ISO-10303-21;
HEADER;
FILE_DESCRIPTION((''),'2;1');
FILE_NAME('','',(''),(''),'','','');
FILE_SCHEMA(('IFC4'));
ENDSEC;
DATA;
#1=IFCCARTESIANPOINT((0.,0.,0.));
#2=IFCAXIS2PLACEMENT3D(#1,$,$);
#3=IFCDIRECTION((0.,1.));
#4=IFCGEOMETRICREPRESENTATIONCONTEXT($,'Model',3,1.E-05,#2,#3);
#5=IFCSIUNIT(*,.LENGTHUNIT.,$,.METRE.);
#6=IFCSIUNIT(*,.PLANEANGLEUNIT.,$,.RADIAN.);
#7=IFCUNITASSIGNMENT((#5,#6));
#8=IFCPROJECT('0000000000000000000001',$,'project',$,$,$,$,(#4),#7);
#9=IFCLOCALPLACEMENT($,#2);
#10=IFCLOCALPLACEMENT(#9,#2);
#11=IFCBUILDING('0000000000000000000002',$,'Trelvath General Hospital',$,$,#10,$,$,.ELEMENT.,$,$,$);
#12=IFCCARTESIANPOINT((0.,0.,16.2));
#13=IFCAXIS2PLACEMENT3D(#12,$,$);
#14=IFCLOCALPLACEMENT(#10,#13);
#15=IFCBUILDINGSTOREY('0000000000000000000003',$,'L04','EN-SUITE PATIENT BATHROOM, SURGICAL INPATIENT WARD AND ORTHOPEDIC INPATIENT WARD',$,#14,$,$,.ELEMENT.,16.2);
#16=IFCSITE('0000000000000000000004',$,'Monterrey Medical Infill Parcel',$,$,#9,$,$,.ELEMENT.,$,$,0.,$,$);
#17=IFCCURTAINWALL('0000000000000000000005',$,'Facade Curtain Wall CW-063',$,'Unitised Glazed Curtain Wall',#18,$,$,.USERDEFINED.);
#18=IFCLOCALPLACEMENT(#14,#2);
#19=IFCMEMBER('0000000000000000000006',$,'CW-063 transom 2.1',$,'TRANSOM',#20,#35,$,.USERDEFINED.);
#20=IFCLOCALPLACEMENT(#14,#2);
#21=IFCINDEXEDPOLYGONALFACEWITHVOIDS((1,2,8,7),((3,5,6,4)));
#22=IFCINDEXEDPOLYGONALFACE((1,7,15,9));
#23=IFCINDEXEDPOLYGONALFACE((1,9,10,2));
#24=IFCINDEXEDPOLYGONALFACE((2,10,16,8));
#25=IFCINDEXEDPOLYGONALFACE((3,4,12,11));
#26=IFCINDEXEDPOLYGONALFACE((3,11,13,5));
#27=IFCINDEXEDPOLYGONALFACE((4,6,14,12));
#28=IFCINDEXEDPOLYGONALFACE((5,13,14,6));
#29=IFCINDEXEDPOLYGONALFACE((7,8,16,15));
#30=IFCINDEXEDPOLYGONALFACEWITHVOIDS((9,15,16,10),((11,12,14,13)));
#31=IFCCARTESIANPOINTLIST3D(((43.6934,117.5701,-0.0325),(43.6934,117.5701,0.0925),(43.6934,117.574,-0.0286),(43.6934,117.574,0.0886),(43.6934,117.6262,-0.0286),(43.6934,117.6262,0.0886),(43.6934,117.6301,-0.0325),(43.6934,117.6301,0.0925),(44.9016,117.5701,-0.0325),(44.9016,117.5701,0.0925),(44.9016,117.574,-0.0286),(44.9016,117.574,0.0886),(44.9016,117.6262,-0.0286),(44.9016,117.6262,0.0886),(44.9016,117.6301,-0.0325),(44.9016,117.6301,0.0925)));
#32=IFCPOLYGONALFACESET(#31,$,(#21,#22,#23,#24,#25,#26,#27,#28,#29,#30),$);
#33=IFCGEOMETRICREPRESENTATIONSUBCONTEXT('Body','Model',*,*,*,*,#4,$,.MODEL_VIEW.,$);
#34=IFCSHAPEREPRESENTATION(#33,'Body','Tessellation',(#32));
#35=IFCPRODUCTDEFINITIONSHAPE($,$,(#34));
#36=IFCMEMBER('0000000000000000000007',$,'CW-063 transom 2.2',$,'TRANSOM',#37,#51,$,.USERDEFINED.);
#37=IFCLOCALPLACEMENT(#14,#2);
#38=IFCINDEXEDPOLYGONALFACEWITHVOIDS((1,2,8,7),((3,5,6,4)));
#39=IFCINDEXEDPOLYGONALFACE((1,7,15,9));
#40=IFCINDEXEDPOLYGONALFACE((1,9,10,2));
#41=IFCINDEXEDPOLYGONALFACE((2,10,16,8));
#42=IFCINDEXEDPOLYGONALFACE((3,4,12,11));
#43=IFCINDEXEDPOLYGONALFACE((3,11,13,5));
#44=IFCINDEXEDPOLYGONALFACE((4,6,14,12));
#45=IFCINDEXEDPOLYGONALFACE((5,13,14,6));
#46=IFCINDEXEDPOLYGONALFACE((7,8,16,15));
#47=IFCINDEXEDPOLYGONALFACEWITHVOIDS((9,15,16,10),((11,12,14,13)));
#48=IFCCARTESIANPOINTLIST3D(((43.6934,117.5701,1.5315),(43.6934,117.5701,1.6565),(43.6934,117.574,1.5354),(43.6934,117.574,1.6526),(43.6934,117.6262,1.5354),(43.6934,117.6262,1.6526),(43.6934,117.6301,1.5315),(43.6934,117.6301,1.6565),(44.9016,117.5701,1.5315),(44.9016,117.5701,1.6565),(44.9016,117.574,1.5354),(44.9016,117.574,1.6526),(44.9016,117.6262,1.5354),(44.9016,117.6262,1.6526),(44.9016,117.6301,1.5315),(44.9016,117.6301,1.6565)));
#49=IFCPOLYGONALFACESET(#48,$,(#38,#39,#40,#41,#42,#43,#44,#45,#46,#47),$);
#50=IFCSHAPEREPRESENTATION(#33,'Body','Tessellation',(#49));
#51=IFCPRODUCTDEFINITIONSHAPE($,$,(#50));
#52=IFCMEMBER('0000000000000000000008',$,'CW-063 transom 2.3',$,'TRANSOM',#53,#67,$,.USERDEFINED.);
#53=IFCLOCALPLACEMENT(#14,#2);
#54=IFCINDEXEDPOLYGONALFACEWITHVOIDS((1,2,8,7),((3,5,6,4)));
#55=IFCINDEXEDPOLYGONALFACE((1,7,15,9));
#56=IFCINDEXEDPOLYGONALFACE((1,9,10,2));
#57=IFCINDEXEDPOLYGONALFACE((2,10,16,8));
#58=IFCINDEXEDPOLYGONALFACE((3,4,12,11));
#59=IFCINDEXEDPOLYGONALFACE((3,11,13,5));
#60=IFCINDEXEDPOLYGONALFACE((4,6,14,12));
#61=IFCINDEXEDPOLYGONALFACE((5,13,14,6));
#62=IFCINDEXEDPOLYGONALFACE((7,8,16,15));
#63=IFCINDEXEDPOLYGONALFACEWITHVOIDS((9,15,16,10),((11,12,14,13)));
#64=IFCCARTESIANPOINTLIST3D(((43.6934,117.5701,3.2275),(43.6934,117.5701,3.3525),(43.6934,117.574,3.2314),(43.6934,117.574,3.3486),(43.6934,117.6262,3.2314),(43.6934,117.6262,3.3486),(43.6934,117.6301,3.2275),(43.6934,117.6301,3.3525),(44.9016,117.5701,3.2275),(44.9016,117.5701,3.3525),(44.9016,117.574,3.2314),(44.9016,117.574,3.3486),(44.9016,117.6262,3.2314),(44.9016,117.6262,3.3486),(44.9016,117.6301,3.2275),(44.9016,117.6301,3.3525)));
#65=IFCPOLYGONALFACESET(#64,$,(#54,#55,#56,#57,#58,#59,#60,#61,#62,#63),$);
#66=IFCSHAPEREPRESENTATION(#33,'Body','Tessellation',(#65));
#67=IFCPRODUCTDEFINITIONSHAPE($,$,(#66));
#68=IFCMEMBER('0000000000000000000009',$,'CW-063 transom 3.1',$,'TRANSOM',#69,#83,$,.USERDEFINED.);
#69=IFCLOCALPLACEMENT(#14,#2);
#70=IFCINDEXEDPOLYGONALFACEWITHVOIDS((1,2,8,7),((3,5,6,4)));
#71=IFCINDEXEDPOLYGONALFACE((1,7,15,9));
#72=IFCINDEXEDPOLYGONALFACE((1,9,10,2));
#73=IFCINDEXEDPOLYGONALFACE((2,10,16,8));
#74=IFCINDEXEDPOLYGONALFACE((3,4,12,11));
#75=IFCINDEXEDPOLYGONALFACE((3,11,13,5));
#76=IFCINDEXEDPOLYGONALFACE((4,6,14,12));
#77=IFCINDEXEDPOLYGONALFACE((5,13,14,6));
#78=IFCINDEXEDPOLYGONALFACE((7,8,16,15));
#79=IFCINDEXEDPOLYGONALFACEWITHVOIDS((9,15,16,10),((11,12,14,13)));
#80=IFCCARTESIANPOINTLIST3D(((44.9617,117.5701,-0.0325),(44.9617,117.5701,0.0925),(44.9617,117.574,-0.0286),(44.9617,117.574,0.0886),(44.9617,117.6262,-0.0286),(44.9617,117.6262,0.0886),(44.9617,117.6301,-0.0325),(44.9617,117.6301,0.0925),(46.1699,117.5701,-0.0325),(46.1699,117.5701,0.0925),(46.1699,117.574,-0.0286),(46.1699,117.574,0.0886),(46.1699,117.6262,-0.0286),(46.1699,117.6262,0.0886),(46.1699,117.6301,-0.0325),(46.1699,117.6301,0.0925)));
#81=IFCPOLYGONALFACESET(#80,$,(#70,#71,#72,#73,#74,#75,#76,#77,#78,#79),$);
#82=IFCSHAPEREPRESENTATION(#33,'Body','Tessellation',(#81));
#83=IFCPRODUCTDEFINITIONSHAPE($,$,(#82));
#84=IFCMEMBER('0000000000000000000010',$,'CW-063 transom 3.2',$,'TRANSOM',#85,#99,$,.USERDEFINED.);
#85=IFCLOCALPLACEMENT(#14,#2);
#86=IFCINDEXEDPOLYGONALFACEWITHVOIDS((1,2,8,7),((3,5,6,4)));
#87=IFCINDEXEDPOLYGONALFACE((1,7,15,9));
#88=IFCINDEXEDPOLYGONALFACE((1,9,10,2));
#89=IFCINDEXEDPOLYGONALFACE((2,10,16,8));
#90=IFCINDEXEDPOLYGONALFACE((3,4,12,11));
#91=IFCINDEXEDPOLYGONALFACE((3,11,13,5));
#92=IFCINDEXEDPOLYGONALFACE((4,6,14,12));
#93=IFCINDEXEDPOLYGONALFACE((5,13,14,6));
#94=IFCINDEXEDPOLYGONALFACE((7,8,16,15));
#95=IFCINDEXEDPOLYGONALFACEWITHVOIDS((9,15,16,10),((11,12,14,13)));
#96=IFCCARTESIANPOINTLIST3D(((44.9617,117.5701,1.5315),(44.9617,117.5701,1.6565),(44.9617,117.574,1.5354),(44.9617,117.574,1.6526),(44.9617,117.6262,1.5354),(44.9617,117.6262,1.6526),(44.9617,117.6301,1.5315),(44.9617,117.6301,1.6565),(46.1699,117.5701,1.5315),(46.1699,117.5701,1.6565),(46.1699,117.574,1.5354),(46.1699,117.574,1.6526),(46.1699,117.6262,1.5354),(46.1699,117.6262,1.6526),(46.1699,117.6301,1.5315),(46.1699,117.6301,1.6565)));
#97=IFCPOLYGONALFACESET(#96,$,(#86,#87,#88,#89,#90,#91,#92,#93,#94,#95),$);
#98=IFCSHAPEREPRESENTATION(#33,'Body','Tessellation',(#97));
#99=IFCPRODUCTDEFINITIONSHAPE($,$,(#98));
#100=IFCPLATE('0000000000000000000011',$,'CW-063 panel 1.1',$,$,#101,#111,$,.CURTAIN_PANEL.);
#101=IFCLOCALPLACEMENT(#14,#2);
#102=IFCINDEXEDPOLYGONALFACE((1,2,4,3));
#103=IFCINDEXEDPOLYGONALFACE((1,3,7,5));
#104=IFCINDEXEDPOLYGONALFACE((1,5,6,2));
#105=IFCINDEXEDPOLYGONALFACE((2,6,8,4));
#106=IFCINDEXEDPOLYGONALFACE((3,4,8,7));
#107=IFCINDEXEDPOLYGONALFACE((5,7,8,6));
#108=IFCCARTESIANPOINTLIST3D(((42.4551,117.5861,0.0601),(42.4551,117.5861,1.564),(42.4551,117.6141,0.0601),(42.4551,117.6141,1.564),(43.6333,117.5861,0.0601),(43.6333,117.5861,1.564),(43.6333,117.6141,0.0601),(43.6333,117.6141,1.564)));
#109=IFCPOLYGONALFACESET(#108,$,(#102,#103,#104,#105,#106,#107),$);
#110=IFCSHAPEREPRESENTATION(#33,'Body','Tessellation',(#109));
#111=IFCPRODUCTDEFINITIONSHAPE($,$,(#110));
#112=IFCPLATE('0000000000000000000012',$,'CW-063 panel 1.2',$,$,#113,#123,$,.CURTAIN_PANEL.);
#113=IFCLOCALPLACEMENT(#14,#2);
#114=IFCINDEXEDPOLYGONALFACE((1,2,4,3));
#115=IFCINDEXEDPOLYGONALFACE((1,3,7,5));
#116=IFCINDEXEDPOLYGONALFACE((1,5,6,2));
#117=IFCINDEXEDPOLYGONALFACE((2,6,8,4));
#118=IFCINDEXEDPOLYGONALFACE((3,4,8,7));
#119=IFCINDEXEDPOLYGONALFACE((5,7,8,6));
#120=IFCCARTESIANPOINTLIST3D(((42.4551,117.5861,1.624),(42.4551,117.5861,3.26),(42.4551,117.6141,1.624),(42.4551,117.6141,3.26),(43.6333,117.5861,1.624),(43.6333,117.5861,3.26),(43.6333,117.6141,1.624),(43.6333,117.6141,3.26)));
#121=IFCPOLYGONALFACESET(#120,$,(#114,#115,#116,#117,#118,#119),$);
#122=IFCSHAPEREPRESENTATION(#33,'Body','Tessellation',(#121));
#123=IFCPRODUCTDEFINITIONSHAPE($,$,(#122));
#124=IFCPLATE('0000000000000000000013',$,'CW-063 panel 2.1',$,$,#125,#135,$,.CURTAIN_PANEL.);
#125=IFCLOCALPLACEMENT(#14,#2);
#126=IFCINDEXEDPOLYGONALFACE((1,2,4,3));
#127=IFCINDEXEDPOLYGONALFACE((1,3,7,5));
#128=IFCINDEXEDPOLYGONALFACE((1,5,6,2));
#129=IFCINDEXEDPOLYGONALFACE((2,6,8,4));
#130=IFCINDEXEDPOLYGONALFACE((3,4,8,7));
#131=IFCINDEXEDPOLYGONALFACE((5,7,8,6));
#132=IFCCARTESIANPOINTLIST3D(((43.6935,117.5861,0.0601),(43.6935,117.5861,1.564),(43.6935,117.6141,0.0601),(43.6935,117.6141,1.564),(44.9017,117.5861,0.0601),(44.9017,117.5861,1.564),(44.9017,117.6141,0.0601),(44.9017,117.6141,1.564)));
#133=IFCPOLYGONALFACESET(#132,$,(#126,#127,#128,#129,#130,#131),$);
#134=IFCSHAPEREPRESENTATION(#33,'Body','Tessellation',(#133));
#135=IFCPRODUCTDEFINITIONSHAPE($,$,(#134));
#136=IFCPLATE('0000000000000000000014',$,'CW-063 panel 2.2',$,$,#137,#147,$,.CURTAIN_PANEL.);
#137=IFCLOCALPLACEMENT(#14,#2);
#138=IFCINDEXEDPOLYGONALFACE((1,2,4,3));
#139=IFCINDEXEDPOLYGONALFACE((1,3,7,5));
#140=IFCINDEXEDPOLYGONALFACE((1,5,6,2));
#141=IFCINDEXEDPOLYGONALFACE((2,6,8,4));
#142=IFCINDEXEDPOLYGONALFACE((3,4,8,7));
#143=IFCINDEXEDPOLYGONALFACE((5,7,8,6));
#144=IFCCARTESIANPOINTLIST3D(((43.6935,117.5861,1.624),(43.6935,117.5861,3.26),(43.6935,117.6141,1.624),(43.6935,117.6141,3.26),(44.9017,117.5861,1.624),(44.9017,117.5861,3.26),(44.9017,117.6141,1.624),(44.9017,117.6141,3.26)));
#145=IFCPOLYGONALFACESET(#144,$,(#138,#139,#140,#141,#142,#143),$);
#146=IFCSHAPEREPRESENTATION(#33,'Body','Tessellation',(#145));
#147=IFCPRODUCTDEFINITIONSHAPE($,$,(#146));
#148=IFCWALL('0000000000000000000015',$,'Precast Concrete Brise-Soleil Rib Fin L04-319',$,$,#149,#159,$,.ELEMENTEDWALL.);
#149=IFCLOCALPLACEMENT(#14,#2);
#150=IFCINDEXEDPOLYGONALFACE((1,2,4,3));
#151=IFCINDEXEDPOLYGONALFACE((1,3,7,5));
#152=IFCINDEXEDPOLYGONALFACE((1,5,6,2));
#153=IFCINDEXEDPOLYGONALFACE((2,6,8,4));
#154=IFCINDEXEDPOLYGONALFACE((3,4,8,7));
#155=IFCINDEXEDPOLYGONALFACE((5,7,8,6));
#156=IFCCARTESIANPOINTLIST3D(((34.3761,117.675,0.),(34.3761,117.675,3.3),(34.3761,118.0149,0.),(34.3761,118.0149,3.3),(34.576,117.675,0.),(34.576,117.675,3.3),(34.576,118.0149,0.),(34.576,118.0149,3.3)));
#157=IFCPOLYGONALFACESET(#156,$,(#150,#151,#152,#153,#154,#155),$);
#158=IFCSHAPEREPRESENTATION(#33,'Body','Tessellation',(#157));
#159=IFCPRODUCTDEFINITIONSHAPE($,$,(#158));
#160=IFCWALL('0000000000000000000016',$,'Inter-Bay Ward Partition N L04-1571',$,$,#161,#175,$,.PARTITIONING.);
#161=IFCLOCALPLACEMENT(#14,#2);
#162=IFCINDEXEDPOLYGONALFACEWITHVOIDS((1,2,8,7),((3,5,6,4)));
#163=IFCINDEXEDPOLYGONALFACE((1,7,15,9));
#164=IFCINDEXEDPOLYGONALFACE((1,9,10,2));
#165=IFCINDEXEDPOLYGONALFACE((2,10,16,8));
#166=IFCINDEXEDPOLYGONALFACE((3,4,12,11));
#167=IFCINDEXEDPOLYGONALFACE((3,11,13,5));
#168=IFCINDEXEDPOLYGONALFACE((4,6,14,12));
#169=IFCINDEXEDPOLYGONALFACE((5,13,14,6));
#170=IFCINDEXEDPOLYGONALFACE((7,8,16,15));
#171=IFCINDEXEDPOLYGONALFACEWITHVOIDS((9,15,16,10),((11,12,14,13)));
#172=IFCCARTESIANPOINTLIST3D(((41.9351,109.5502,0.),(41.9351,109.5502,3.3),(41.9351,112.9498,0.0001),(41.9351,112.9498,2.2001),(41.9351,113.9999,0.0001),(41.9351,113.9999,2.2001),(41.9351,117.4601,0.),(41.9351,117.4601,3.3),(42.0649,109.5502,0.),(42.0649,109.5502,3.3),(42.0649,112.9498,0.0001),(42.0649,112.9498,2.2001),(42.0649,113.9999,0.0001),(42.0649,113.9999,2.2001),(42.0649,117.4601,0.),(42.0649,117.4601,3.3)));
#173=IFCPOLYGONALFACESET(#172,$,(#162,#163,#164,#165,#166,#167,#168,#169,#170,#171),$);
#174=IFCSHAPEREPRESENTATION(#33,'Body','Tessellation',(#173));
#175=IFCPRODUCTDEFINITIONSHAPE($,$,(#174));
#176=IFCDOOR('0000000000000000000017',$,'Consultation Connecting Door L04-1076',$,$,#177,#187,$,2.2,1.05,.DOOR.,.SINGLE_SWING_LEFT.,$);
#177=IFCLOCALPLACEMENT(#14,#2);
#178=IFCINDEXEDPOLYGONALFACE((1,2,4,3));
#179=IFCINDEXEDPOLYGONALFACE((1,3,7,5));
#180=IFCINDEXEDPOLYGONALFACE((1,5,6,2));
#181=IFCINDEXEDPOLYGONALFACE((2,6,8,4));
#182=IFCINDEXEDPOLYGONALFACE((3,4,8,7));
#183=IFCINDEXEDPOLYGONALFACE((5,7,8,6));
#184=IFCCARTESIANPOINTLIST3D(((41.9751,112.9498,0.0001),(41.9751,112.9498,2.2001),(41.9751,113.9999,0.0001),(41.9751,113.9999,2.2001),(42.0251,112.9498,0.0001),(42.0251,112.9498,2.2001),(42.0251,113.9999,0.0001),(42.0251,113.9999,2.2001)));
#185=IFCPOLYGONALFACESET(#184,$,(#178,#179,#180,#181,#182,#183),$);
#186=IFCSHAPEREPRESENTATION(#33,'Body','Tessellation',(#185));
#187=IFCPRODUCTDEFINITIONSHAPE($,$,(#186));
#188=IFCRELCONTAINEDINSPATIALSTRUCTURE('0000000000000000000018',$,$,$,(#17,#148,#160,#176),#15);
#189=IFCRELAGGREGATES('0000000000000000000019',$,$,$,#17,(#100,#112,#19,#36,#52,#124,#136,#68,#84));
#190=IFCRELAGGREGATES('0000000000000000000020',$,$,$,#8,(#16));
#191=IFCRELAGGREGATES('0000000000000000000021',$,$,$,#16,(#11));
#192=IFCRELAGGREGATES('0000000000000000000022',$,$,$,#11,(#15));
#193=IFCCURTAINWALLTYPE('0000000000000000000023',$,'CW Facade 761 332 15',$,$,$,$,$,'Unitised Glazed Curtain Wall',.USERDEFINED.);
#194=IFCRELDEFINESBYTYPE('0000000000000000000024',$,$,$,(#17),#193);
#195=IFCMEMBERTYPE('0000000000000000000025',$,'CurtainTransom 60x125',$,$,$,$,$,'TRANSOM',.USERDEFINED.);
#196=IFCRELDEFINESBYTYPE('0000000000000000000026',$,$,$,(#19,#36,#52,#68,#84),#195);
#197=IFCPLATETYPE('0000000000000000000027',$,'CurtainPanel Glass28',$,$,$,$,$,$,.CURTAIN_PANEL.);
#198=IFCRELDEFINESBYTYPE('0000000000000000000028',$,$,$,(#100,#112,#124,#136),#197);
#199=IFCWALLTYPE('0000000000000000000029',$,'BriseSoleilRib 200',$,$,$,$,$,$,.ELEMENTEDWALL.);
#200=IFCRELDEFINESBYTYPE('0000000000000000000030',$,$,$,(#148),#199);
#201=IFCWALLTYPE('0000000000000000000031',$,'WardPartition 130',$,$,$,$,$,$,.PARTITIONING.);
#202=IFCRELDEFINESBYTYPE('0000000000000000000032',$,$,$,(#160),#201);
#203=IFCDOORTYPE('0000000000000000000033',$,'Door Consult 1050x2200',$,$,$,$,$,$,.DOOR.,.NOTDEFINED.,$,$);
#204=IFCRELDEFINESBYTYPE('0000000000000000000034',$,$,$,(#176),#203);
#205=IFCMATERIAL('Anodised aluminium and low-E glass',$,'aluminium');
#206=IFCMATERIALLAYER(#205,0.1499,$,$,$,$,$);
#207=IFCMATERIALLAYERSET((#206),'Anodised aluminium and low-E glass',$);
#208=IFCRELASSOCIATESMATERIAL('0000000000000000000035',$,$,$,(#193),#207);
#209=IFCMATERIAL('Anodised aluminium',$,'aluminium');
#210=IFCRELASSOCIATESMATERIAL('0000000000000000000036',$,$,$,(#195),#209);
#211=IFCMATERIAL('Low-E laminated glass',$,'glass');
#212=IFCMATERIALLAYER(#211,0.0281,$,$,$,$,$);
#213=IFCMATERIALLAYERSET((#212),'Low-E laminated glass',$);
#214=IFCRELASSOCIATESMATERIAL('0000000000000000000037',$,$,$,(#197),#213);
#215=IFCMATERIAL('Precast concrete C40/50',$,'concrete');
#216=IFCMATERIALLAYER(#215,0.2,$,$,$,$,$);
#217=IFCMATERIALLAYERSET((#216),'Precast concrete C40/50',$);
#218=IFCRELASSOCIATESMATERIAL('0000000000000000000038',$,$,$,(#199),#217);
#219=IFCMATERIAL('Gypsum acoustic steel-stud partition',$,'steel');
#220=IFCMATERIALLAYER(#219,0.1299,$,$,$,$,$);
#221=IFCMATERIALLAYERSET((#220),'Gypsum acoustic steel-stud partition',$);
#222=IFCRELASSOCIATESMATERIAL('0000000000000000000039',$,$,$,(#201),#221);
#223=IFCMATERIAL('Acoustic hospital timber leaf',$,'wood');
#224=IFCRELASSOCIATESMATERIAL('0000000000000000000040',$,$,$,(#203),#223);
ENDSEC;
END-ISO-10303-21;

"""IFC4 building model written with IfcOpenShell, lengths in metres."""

from ifc_helpers import new_model, si_unit, direction, frame, frame_2d, origin, origin_2d, place, context, subcontext, project, spatial, rectangle, hollow_rectangle, extrude, material, layer, layer_set, material_profile, profile_set, type_object, element, fill, aggregate, save


model = new_model("IFC4")

# Units and contexts
model_context = context("Model", 3, precision=1e-05, world=origin(), true_north=direction((0.0, 1.0)))
body_context = subcontext(model_context, "Body", "Model", "MODEL_VIEW")
ifc_project = project(units=[si_unit("LENGTHUNIT", "METRE"), si_unit("PLANEANGLEUNIT", "RADIAN")], contexts=[model_context])

# Site, building, storey
site_placement = place(None, origin())
site = spatial("IfcSite", under=ifc_project, at=site_placement, Name="Monterrey Medical Infill Parcel", CompositionType="ELEMENT", RefElevation=0.0)
building_placement = place(site_placement, origin())
building = spatial("IfcBuilding", under=site, at=building_placement, Name="Trelvath General Hospital", CompositionType="ELEMENT")
storey_placement = place(building_placement, frame((0.0, 0.0, 16.2)))
storey = spatial("IfcBuildingStorey", under=building, at=storey_placement, Name="L04", Description="EN-SUITE PATIENT BATHROOM, SURGICAL INPATIENT WARD AND ORTHOPEDIC INPATIENT WARD", CompositionType="ELEMENT", Elevation=16.2)

# Curtain wall, members, plates
ifc_material_1 = material(Name="Anodised aluminium and low-E glass", Category="aluminium")
ifc_layer_1 = layer(ifc_material_1, 0.1499)
ifc_layer_set_1 = layer_set([ifc_layer_1], Name="Anodised aluminium and low-E glass")
curtain_wall_type = type_object("IfcCurtainWallType", Name="CW Facade 761 332 15", ElementType="Unitised Glazed Curtain Wall", PredefinedType="USERDEFINED", material=ifc_layer_set_1)
curtain_wall_placement = place(storey_placement, origin())
curtain_wall = element("IfcCurtainWall", 1, at=curtain_wall_placement, inside=storey, type_object=curtain_wall_type, Name="Facade Curtain Wall CW-063", ObjectType="Unitised Glazed Curtain Wall", PredefinedType="USERDEFINED")
ifc_material_2 = material(Name="Anodised aluminium", Category="aluminium")
ifc_material_profile_1 = material_profile(ifc_material_2, hollow_rectangle(XDim=0.0601, YDim=0.125, WallThickness=0.0039, at=origin_2d()), Name="RHS60x125x4")
ifc_profile_set_1 = profile_set([ifc_material_profile_1], Name="Anodised aluminium")
member_type_1 = type_object("IfcMemberType", Name="CurtainTransom 60x125", ElementType="TRANSOM", PredefinedType="USERDEFINED", material=ifc_profile_set_1)
member_1_placement = place(storey_placement, frame((43.6934, 117.6001, 0.03), z_axis=(1.0, 0.0, 0.0), x_axis=(0.0, 1.0, 0.0)))
member_1 = element("IfcMember", 2, at=member_1_placement, type_object=member_type_1, Name="CW-063 transom 2.1", ObjectType="TRANSOM", PredefinedType="USERDEFINED", context=body_context, shape_type="SweptSolid", body=[
    extrude(hollow_rectangle(XDim=0.0601, YDim=0.125, WallThickness=0.0039, at=origin_2d()), origin(), (0.0, 0.0, 1.0), 1.2083),
])
member_2_placement = place(storey_placement, frame((43.6934, 117.6001, 1.594), z_axis=(1.0, 0.0, 0.0), x_axis=(0.0, 1.0, 0.0)))
member_2 = element("IfcMember", 3, at=member_2_placement, type_object=member_type_1, Name="CW-063 transom 2.2", ObjectType="TRANSOM", PredefinedType="USERDEFINED", context=body_context, shape_type="SweptSolid", body=[
    extrude(hollow_rectangle(XDim=0.0601, YDim=0.125, WallThickness=0.0039, at=origin_2d()), origin(), (0.0, 0.0, 1.0), 1.2083),
])
member_3_placement = place(storey_placement, frame((43.6934, 117.6001, 3.29), z_axis=(1.0, 0.0, 0.0), x_axis=(0.0, 1.0, 0.0)))
member_3 = element("IfcMember", 4, at=member_3_placement, type_object=member_type_1, Name="CW-063 transom 2.3", ObjectType="TRANSOM", PredefinedType="USERDEFINED", context=body_context, shape_type="SweptSolid", body=[
    extrude(hollow_rectangle(XDim=0.0601, YDim=0.125, WallThickness=0.0039, at=origin_2d()), origin(), (0.0, 0.0, 1.0), 1.2083),
])
member_4_placement = place(storey_placement, frame((44.9617, 117.6001, 0.03), z_axis=(1.0, 0.0, 0.0), x_axis=(0.0, 1.0, 0.0)))
member_4 = element("IfcMember", 5, at=member_4_placement, type_object=member_type_1, Name="CW-063 transom 3.1", ObjectType="TRANSOM", PredefinedType="USERDEFINED", context=body_context, shape_type="SweptSolid", body=[
    extrude(hollow_rectangle(XDim=0.0601, YDim=0.125, WallThickness=0.0039, at=origin_2d()), origin(), (0.0, 0.0, 1.0), 1.2083),
])
member_5_placement = place(storey_placement, frame((44.9617, 117.6001, 1.594), z_axis=(1.0, 0.0, 0.0), x_axis=(0.0, 1.0, 0.0)))
member_5 = element("IfcMember", 6, at=member_5_placement, type_object=member_type_1, Name="CW-063 transom 3.2", ObjectType="TRANSOM", PredefinedType="USERDEFINED", context=body_context, shape_type="SweptSolid", body=[
    extrude(hollow_rectangle(XDim=0.0601, YDim=0.125, WallThickness=0.0039, at=origin_2d()), origin(), (0.0, 0.0, 1.0), 1.2083),
])
ifc_material_3 = material(Name="Low-E laminated glass", Category="glass")
ifc_layer_2 = layer(ifc_material_3, 0.0281)
ifc_layer_set_2 = layer_set([ifc_layer_2], Name="Low-E laminated glass")
plate_type = type_object("IfcPlateType", Name="CurtainPanel Glass28", PredefinedType="CURTAIN_PANEL", material=ifc_layer_set_2)
plate_1_placement = place(storey_placement, frame((43.0442, 117.6001, 0.0601), z_axis=(0.0, 0.0, 1.0), x_axis=(1.0, 0.0, 0.0)))
plate_1 = element("IfcPlate", 7, at=plate_1_placement, type_object=plate_type, Name="CW-063 panel 1.1", PredefinedType="CURTAIN_PANEL", context=body_context, shape_type="SweptSolid", body=[
    extrude(rectangle(XDim=1.1782, YDim=0.0281, at=origin_2d()), origin(), (0.0, 0.0, 1.0), 1.5039),
])
plate_2_placement = place(storey_placement, frame((43.0442, 117.6001, 1.624), z_axis=(0.0, 0.0, 1.0), x_axis=(1.0, 0.0, 0.0)))
plate_2 = element("IfcPlate", 8, at=plate_2_placement, type_object=plate_type, Name="CW-063 panel 1.2", PredefinedType="CURTAIN_PANEL", context=body_context, shape_type="SweptSolid", body=[
    extrude(rectangle(XDim=1.1782, YDim=0.0281, at=origin_2d()), origin(), (0.0, 0.0, 1.0), 1.636),
])
plate_3_placement = place(storey_placement, frame((44.2976, 117.6001, 0.0601), z_axis=(0.0, 0.0, 1.0), x_axis=(1.0, 0.0, 0.0)))
plate_3 = element("IfcPlate", 9, at=plate_3_placement, type_object=plate_type, Name="CW-063 panel 2.1", PredefinedType="CURTAIN_PANEL", context=body_context, shape_type="SweptSolid", body=[
    extrude(rectangle(XDim=1.2083, YDim=0.0281, at=origin_2d()), origin(), (0.0, 0.0, 1.0), 1.5039),
])
plate_4_placement = place(storey_placement, frame((44.2976, 117.6001, 1.624), z_axis=(0.0, 0.0, 1.0), x_axis=(1.0, 0.0, 0.0)))
plate_4 = element("IfcPlate", 10, at=plate_4_placement, type_object=plate_type, Name="CW-063 panel 2.2", PredefinedType="CURTAIN_PANEL", context=body_context, shape_type="SweptSolid", body=[
    extrude(rectangle(XDim=1.2083, YDim=0.0281, at=origin_2d()), origin(), (0.0, 0.0, 1.0), 1.636),
])
aggregate(curtain_wall, [plate_1, plate_2, member_1, member_2, member_3, plate_3, plate_4, member_4, member_5])

# Wall
ifc_material_4 = material(Name="Precast concrete C40/50", Category="concrete")
ifc_layer_3 = layer(ifc_material_4, 0.2)
ifc_layer_set_3 = layer_set([ifc_layer_3], Name="Precast concrete C40/50")
wall_type_1 = type_object("IfcWallType", Name="BriseSoleilRib 200", PredefinedType="ELEMENTEDWALL", material=ifc_layer_set_3)
wall_1_placement = place(storey_placement, frame((34.4761, 117.675, 0.0), z_axis=(0.0, 0.0, 1.0), x_axis=(0.0, 1.0, 0.0)))
element("IfcWall", 11, at=wall_1_placement, inside=storey, type_object=wall_type_1, Name="Precast Concrete Brise-Soleil Rib Fin L04-319", PredefinedType="ELEMENTEDWALL", context=body_context, shape_type="SweptSolid", body=[
    extrude(rectangle(XDim=0.3398, YDim=0.2, at=frame_2d((0.1699, 0.0))), origin(), (0.0, 0.0, 1.0), 3.3),
])

# Wall, opening, door
ifc_material_5 = material(Name="Gypsum acoustic steel-stud partition", Category="steel")
ifc_layer_4 = layer(ifc_material_5, 0.1299)
ifc_layer_set_4 = layer_set([ifc_layer_4], Name="Gypsum acoustic steel-stud partition")
wall_type_2 = type_object("IfcWallType", Name="WardPartition 130", PredefinedType="PARTITIONING", material=ifc_layer_set_4)
wall_2_placement = place(storey_placement, frame((42.0, 109.55, 0.0), z_axis=(0.0, 0.0, 1.0), x_axis=(0.0, 1.0, 0.0)))
wall_2 = element("IfcWall", 12, at=wall_2_placement, inside=storey, type_object=wall_type_2, Name="Inter-Bay Ward Partition N L04-1571", PredefinedType="PARTITIONING", context=body_context, shape_type="SweptSolid", body=[
    extrude(rectangle(XDim=7.9099, YDim=0.1299, at=frame_2d((3.9551, 0.0))), origin(), (0.0, 0.0, 1.0), 3.3),
])
opening_placement = place(wall_2_placement, frame((3.3999, 0.0, 0.0)))
opening = element("IfcOpeningElement", 13, at=opening_placement, cuts=wall_2, PredefinedType="OPENING", context=body_context, shape_type="SweptSolid", body=[
    extrude(rectangle(XDim=1.05, YDim=2.2, at=frame_2d((0.5249, 1.1001))), frame((0.0, 0.075, 0.0), z_axis=(0.0, -1.0, 0.0), x_axis=(1.0, 0.0, 0.0)), (0.0, 0.0, 1.0), 0.1499),
])
ifc_material_6 = material(Name="Acoustic hospital timber leaf", Category="wood")
door_type = type_object("IfcDoorType", Name="Door Consult 1050x2200", OperationType="NOTDEFINED", PredefinedType="DOOR", material=ifc_material_6)
door_placement = place(opening_placement, origin())
door = element("IfcDoor", 14, at=door_placement, inside=storey, type_object=door_type, Name="Consultation Connecting Door L04-1076", OperationType="SINGLE_SWING_LEFT", OverallHeight=2.2, OverallWidth=1.05, PredefinedType="DOOR", context=body_context, shape_type="SweptSolid", body=[
    extrude(rectangle(XDim=1.05, YDim=2.2, at=frame_2d((0.5249, 1.1001))), frame((0.0, 0.0249, 0.0), z_axis=(0.0, -1.0, 0.0), x_axis=(1.0, 0.0, 0.0)), (0.0, 0.0, 1.0), 0.05),
])
fill(opening, door)

save(model, "model.ifc")
